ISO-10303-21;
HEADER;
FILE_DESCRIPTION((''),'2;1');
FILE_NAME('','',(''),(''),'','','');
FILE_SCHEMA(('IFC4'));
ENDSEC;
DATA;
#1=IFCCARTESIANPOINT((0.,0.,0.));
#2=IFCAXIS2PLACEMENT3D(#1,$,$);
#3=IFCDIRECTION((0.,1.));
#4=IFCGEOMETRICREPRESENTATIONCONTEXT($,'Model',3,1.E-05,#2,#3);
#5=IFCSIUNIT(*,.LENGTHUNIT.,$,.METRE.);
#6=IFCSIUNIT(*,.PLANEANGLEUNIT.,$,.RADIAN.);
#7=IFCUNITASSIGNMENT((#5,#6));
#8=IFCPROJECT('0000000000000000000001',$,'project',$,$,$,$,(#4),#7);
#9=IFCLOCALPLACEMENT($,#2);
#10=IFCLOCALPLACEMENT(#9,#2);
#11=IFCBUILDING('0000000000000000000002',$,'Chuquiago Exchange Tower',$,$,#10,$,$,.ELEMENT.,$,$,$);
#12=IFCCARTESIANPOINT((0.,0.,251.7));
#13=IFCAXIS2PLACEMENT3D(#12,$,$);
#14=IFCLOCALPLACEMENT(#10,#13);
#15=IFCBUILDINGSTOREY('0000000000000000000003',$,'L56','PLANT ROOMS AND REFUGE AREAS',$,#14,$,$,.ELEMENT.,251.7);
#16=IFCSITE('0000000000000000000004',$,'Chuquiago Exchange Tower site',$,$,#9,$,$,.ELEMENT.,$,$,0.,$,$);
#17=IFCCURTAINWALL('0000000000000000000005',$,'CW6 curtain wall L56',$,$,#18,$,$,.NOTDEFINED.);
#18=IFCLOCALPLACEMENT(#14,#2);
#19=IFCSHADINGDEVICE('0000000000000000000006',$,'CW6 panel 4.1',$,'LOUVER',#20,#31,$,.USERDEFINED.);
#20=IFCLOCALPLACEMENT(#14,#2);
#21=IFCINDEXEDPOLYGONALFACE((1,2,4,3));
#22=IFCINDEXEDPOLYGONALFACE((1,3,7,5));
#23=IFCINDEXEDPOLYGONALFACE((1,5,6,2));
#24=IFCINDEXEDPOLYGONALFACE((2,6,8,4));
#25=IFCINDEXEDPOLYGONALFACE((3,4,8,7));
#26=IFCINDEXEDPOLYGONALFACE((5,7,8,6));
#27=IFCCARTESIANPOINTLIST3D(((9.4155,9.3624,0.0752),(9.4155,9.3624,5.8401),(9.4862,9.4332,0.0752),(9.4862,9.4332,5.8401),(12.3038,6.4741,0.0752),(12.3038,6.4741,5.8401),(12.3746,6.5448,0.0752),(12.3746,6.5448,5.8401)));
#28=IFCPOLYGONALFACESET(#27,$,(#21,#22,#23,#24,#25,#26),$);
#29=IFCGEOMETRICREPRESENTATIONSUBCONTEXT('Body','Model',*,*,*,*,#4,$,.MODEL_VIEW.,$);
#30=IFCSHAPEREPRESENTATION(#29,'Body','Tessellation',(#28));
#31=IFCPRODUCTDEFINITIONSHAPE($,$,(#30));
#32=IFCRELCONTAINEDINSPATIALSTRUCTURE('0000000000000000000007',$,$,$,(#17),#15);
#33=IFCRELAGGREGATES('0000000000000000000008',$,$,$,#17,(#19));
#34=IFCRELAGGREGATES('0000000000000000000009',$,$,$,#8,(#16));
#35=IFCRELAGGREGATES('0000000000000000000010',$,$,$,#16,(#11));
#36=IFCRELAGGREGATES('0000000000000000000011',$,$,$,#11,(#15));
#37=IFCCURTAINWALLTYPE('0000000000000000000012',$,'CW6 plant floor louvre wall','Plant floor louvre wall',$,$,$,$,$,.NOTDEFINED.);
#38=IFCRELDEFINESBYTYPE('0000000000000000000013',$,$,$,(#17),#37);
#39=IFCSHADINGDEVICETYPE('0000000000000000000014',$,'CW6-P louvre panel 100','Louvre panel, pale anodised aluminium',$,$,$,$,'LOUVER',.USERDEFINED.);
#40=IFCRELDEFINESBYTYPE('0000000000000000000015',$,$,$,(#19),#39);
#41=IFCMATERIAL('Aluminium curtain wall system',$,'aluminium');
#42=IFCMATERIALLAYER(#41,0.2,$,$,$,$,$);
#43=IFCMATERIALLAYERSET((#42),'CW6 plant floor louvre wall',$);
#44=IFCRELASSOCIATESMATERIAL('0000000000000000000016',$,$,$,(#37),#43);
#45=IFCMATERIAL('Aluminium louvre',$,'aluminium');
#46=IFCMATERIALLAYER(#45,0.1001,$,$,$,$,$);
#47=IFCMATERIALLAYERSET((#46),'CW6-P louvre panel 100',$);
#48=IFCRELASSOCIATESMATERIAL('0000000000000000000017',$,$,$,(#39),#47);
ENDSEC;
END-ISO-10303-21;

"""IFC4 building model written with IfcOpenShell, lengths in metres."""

from ifc_helpers import new_model, si_unit, direction, frame, origin, origin_2d, place, context, subcontext, project, spatial, rectangle, extrude, material, layer, layer_set, type_object, element, aggregate, save


model = new_model("IFC4")

# Units and contexts
model_context = context("Model", 3, precision=1e-05, world=origin(), true_north=direction((0.0, 1.0)))
body_context = subcontext(model_context, "Body", "Model", "MODEL_VIEW")
ifc_project = project(units=[si_unit("LENGTHUNIT", "METRE"), si_unit("PLANEANGLEUNIT", "RADIAN")], contexts=[model_context])

# Site, building, storey
site_placement = place(None, origin())
site = spatial("IfcSite", under=ifc_project, at=site_placement, Name="Chuquiago Exchange Tower site", CompositionType="ELEMENT", RefElevation=0.0)
building_placement = place(site_placement, origin())
building = spatial("IfcBuilding", under=site, at=building_placement, Name="Chuquiago Exchange Tower", CompositionType="ELEMENT")
storey_placement = place(building_placement, frame((0.0, 0.0, 251.7)))
storey = spatial("IfcBuildingStorey", under=building, at=storey_placement, Name="L56", Description="PLANT ROOMS AND REFUGE AREAS", CompositionType="ELEMENT", Elevation=251.7)

# Curtain wall
ifc_material_1 = material(Name="Aluminium curtain wall system", Category="aluminium")
ifc_layer_1 = layer(ifc_material_1, 0.2)
ifc_layer_set_1 = layer_set([ifc_layer_1], Name="CW6 plant floor louvre wall")
curtain_wall_type = type_object("IfcCurtainWallType", Name="CW6 plant floor louvre wall", Description="Plant floor louvre wall", PredefinedType="NOTDEFINED", material=ifc_layer_set_1)
curtain_wall_placement = place(storey_placement, origin())
curtain_wall = element("IfcCurtainWall", 1, at=curtain_wall_placement, inside=storey, type_object=curtain_wall_type, Name="CW6 curtain wall L56", PredefinedType="NOTDEFINED")

# Shading device
ifc_material_2 = material(Name="Aluminium louvre", Category="aluminium")
ifc_layer_2 = layer(ifc_material_2, 0.1001)
ifc_layer_set_2 = layer_set([ifc_layer_2], Name="CW6-P louvre panel 100")
shading_device_type = type_object("IfcShadingDeviceType", Name="CW6-P louvre panel 100", Description="Louvre panel, pale anodised aluminium", ElementType="LOUVER", PredefinedType="USERDEFINED", material=ifc_layer_set_2)
shading_device_placement = place(storey_placement, frame((10.895, 7.9536, 0.0752), z_axis=(0.0, 0.0, 1.0), x_axis=(0.707107, -0.707107, 0.0)))
shading_device = element("IfcShadingDevice", 2, at=shading_device_placement, type_object=shading_device_type, Name="CW6 panel 4.1", ObjectType="LOUVER", PredefinedType="USERDEFINED", context=body_context, shape_type="SweptSolid", body=[
    extrude(rectangle(XDim=4.0847, YDim=0.1001, at=origin_2d()), origin(), (0.0, 0.0, 1.0), 5.7649),
])
aggregate(curtain_wall, [shading_device])

save(model, "model.ifc")
